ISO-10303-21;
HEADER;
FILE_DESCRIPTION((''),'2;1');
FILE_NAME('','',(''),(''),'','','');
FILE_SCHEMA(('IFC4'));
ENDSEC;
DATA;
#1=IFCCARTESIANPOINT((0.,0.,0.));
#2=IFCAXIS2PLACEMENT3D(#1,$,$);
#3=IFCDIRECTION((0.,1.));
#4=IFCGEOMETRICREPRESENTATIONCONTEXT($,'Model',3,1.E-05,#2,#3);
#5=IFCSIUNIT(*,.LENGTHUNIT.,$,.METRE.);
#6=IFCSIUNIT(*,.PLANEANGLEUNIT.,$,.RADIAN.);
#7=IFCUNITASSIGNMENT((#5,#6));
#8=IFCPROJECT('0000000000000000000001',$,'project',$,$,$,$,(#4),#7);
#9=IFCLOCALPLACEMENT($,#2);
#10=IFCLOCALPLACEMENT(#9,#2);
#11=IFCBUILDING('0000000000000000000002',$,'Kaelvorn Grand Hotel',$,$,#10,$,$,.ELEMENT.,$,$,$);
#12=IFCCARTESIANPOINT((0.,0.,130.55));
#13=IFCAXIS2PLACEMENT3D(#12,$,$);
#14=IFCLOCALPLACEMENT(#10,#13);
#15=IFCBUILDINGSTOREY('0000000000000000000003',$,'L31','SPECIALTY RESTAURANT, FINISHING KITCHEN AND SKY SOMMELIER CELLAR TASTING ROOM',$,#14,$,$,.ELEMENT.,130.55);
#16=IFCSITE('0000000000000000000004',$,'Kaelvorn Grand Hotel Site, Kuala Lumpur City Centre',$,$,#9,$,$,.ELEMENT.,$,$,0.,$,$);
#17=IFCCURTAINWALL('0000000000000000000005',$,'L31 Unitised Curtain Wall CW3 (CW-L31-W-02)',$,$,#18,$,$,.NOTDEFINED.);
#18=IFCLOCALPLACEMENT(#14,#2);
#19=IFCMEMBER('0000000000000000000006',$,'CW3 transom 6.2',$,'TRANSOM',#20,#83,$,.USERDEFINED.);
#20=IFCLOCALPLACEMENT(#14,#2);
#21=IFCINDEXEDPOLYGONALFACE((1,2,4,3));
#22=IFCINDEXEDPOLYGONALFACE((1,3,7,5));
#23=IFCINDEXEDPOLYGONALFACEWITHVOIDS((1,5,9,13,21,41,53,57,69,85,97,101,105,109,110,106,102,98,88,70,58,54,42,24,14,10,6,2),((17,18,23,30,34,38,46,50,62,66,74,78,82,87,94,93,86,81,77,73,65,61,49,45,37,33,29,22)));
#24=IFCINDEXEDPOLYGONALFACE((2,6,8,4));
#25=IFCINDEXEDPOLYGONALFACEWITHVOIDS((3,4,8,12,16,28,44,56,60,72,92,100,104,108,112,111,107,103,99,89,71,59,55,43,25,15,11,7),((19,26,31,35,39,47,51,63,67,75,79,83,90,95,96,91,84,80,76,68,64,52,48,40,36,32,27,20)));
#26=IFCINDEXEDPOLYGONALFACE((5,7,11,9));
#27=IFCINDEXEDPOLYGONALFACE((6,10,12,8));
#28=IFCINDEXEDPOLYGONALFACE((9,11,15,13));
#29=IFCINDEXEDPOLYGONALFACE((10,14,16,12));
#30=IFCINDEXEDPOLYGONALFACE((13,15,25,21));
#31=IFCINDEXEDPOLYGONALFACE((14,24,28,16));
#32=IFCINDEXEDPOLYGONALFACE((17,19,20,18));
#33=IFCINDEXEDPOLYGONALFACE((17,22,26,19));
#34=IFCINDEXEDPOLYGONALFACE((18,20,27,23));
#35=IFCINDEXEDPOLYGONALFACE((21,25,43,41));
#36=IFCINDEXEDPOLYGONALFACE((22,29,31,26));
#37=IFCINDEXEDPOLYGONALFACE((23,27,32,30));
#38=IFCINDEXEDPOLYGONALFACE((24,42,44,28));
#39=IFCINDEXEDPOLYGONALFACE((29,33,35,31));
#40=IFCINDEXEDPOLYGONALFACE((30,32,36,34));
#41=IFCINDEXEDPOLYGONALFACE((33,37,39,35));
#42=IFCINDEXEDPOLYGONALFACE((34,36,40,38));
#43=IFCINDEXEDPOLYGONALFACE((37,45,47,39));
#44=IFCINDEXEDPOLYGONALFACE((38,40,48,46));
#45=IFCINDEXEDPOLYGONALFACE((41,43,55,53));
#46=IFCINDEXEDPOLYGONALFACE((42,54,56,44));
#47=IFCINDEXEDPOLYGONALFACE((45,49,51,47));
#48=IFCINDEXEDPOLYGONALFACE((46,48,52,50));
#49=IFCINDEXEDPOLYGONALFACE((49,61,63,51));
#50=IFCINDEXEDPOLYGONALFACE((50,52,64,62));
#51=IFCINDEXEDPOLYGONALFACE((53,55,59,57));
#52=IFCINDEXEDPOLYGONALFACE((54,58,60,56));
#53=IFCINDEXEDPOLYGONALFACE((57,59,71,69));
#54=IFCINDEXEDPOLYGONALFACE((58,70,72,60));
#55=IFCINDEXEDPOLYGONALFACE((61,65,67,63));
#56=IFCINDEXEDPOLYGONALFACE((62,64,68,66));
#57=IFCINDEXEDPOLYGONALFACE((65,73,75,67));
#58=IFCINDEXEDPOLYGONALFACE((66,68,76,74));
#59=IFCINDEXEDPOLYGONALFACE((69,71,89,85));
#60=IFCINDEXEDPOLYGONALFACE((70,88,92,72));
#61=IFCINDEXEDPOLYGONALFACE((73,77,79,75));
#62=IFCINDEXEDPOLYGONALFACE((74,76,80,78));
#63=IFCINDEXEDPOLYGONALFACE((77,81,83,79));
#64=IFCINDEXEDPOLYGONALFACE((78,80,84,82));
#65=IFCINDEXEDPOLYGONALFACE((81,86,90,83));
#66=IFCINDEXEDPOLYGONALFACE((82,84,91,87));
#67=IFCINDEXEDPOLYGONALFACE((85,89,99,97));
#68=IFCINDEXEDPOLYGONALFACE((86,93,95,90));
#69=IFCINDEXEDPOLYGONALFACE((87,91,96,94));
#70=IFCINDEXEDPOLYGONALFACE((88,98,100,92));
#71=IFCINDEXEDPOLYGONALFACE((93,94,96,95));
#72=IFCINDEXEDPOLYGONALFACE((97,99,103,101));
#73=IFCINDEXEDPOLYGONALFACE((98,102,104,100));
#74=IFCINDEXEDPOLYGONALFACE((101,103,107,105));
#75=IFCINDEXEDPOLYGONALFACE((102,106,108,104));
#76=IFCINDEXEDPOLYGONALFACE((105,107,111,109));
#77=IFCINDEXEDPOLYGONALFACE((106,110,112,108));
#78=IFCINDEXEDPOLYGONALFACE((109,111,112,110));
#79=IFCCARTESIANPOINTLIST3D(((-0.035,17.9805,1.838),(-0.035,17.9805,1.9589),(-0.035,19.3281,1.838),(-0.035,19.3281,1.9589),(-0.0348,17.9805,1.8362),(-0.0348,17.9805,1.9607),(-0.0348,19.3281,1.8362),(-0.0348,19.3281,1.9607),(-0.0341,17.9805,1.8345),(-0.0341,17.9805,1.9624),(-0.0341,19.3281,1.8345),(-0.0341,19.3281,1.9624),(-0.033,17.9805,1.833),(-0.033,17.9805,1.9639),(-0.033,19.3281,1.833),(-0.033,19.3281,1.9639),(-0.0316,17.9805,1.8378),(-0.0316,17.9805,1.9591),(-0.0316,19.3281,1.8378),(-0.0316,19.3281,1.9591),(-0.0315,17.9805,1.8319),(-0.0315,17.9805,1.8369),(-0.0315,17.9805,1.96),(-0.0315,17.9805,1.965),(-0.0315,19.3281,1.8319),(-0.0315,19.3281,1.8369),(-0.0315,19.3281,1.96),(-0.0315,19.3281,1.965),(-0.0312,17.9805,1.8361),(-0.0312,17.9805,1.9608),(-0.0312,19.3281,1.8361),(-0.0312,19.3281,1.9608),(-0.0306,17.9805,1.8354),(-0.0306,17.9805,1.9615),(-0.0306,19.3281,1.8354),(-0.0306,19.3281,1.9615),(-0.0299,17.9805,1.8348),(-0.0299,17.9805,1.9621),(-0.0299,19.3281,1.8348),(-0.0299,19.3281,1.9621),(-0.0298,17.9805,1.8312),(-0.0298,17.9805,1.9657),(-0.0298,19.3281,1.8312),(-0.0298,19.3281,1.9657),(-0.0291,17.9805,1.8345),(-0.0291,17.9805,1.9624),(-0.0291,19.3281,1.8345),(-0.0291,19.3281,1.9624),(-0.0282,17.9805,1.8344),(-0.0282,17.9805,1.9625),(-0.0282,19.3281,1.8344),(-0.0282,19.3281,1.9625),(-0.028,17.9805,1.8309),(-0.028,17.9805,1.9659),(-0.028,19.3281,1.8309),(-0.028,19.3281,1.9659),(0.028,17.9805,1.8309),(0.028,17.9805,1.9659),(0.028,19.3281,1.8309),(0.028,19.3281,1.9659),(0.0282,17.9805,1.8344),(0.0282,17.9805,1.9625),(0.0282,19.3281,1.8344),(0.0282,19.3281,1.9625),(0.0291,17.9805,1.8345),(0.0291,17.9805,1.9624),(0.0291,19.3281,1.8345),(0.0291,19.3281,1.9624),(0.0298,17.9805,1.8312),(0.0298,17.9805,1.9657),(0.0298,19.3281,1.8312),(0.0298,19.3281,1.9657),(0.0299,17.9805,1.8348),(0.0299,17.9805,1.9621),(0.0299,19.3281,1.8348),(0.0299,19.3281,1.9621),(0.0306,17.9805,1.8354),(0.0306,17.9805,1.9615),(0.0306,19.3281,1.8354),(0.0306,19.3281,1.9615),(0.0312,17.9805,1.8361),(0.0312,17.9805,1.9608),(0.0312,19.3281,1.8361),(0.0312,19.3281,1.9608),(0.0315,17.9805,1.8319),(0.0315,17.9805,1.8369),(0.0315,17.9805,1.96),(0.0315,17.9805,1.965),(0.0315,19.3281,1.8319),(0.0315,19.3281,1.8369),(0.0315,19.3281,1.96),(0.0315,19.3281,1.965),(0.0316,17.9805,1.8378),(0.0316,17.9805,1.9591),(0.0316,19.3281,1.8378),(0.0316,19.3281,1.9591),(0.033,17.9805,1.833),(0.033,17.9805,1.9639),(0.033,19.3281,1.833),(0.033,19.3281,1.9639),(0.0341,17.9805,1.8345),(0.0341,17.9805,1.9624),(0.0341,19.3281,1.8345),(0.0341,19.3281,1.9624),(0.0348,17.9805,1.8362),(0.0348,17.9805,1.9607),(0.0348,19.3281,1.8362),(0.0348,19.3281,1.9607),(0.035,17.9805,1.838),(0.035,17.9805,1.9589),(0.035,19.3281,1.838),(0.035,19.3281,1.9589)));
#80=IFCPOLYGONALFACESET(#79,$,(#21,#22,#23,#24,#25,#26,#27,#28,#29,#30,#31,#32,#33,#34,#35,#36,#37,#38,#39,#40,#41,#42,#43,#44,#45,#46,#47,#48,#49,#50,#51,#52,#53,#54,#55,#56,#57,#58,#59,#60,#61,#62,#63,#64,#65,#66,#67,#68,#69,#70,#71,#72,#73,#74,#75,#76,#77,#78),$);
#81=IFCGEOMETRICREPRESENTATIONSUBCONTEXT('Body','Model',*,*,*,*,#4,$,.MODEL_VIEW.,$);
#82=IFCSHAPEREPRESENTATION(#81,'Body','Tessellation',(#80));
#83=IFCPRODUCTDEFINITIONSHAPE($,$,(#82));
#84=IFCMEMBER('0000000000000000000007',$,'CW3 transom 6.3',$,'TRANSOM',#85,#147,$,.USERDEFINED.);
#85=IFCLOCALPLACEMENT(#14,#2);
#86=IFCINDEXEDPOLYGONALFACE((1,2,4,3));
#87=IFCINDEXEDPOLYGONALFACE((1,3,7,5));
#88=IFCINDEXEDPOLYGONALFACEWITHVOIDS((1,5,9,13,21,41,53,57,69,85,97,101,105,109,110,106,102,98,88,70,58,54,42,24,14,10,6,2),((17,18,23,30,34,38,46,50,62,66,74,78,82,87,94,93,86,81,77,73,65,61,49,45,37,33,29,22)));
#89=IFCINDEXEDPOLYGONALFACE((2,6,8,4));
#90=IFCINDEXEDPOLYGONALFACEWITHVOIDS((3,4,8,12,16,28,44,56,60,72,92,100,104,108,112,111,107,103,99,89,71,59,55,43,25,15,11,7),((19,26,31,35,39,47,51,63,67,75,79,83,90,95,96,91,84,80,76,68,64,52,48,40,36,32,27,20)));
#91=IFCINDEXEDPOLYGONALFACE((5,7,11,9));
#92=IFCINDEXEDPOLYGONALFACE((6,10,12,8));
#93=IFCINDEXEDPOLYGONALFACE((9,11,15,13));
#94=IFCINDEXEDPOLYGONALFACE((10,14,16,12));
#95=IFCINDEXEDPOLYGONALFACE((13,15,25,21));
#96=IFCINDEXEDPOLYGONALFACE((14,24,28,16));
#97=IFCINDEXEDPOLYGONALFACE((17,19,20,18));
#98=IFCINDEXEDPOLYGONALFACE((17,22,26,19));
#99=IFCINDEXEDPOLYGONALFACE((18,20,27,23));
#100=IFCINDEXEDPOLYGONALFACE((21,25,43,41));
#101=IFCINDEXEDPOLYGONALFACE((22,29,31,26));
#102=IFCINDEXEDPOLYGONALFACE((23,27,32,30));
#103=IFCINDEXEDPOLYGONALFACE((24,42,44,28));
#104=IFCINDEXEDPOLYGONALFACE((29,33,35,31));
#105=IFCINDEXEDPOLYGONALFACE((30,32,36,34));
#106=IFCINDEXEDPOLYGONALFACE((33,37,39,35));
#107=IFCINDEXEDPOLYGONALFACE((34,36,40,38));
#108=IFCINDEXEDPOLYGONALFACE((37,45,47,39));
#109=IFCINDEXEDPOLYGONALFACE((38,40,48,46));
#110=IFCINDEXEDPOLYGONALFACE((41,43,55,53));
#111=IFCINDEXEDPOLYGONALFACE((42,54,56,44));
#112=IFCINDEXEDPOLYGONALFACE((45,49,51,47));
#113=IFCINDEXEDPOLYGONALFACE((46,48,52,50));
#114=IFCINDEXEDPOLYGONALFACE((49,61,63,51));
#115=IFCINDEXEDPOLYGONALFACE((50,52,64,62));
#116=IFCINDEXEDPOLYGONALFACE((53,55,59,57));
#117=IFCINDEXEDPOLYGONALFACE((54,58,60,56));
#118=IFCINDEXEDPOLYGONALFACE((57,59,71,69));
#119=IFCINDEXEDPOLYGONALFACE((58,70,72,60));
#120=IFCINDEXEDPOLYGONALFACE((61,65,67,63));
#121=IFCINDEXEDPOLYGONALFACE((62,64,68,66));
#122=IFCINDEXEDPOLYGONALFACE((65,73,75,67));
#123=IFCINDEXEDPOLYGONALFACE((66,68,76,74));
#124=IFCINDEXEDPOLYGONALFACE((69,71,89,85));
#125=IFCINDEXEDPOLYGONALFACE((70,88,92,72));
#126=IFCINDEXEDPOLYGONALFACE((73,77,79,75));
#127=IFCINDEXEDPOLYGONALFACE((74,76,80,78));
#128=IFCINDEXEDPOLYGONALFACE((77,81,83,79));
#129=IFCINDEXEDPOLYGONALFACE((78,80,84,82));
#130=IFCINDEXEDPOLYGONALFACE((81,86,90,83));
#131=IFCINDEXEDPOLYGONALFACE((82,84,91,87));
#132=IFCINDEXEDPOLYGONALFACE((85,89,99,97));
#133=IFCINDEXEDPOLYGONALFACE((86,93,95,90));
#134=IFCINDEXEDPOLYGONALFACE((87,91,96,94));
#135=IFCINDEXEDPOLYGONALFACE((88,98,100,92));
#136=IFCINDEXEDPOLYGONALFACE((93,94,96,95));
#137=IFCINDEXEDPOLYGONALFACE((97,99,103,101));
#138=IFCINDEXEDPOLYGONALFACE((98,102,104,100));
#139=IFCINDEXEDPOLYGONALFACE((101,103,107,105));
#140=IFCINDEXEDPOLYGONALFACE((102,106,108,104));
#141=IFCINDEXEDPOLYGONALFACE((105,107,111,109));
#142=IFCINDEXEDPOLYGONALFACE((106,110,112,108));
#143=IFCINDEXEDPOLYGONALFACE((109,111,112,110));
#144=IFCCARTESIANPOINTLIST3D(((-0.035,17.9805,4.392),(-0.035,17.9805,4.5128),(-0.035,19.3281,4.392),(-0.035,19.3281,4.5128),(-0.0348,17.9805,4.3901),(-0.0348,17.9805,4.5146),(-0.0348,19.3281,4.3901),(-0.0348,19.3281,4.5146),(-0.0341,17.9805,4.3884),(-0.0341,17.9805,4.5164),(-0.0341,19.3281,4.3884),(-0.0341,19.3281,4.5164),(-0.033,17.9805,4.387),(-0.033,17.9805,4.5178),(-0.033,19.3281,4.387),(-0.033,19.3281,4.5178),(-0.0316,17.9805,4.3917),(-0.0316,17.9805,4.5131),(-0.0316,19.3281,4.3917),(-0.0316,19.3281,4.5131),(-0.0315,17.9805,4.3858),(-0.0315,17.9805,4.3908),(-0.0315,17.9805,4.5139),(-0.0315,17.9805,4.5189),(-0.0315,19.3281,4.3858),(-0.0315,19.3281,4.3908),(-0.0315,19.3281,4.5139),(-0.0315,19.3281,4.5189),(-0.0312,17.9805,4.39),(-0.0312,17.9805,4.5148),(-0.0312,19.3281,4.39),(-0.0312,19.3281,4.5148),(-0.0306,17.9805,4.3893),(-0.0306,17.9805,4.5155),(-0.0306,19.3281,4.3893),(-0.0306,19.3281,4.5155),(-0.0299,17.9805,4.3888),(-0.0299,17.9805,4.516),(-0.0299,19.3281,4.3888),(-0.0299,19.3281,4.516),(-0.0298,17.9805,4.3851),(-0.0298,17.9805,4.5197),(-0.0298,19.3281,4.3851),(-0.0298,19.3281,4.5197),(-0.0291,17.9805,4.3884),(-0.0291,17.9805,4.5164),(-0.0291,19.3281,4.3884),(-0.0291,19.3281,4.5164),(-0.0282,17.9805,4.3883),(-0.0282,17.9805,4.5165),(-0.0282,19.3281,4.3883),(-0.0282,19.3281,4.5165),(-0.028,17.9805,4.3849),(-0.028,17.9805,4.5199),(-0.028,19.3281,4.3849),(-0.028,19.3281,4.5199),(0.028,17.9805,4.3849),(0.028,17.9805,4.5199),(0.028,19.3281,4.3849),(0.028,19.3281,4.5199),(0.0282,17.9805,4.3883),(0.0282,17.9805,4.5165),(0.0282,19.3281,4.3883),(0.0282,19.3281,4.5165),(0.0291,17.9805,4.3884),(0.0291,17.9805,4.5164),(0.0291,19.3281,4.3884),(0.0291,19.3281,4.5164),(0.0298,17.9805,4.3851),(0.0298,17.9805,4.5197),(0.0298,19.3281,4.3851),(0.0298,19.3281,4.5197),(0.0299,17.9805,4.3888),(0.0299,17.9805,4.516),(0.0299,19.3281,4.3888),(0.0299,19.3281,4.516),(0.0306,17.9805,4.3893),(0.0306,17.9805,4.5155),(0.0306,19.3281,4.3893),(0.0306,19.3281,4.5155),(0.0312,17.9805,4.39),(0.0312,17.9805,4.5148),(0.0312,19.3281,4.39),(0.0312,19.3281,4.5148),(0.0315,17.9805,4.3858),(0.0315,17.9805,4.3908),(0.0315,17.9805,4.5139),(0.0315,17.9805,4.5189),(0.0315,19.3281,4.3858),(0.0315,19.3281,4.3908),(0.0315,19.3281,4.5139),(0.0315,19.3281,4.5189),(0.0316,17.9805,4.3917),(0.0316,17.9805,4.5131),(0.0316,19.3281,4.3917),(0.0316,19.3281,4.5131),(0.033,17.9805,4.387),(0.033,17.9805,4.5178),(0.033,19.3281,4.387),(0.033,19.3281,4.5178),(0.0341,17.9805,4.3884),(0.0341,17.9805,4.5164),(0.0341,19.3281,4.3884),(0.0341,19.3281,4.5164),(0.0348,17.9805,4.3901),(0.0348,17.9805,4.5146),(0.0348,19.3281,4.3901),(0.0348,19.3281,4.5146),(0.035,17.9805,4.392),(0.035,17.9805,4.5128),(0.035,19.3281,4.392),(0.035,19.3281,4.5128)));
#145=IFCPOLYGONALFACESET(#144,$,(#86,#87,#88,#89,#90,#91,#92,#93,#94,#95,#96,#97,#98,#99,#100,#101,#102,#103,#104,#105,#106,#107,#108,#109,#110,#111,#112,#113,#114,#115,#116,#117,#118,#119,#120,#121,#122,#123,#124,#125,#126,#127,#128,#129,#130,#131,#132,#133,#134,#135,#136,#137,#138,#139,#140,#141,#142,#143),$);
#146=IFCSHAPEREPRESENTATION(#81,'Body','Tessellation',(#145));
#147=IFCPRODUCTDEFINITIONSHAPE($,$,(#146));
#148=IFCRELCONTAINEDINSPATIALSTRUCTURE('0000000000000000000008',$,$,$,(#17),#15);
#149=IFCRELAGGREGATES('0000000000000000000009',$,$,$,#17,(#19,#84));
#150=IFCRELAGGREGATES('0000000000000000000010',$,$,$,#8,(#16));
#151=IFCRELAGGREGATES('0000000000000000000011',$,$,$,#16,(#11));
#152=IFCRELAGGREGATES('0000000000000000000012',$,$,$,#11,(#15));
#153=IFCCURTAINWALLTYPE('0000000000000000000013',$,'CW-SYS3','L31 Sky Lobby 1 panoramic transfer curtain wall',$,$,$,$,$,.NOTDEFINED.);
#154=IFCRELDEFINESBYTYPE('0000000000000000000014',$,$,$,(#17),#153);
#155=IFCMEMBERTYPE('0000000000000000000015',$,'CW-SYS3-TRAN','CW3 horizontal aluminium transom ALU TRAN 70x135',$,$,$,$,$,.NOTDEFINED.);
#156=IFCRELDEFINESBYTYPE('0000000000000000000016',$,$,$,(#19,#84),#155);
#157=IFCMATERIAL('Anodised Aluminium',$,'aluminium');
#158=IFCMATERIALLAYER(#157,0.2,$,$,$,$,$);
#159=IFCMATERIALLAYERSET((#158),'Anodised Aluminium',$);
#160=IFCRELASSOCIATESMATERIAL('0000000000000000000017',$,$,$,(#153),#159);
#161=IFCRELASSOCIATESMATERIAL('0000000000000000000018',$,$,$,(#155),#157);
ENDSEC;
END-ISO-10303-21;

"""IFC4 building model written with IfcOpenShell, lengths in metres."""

from ifc_helpers import new_model, si_unit, direction, frame, origin, origin_2d, place, context, subcontext, project, spatial, hollow_rectangle, extrude, material, layer, layer_set, material_profile, profile_set, type_object, element, aggregate, save


model = new_model("IFC4")

# Units and contexts
model_context = context("Model", 3, precision=1e-05, world=origin(), true_north=direction((0.0, 1.0)))
body_context = subcontext(model_context, "Body", "Model", "MODEL_VIEW")
ifc_project = project(units=[si_unit("LENGTHUNIT", "METRE"), si_unit("PLANEANGLEUNIT", "RADIAN")], contexts=[model_context])

# Site, building, storey
site_placement = place(None, origin())
site = spatial("IfcSite", under=ifc_project, at=site_placement, Name="Kaelvorn Grand Hotel Site, Kuala Lumpur City Centre", CompositionType="ELEMENT", RefElevation=0.0)
building_placement = place(site_placement, origin())
building = spatial("IfcBuilding", under=site, at=building_placement, Name="Kaelvorn Grand Hotel", CompositionType="ELEMENT")
storey_placement = place(building_placement, frame((0.0, 0.0, 130.55)))
storey = spatial("IfcBuildingStorey", under=building, at=storey_placement, Name="L31", Description="SPECIALTY RESTAURANT, FINISHING KITCHEN AND SKY SOMMELIER CELLAR TASTING ROOM", CompositionType="ELEMENT", Elevation=130.55)

# Curtain wall, members
ifc_material_1 = material(Name="Anodised Aluminium", Category="aluminium")
ifc_layer_1 = layer(ifc_material_1, 0.2)
ifc_layer_set_1 = layer_set([ifc_layer_1], Name="Anodised Aluminium")
curtain_wall_type = type_object("IfcCurtainWallType", Name="CW-SYS3", Description="L31 Sky Lobby 1 panoramic transfer curtain wall", PredefinedType="NOTDEFINED", material=ifc_layer_set_1)
curtain_wall_placement = place(storey_placement, origin())
curtain_wall = element("IfcCurtainWall", 1, at=curtain_wall_placement, inside=storey, type_object=curtain_wall_type, Name="L31 Unitised Curtain Wall CW3 (CW-L31-W-02)", PredefinedType="NOTDEFINED")
ifc_material_profile_1 = material_profile(ifc_material_1, hollow_rectangle(XDim=0.0701, YDim=0.135, WallThickness=0.0034, InnerFilletRadius=0.0034, OuterFilletRadius=0.0071, at=origin_2d()), Name="ALU TRAN 70x135")
ifc_profile_set_1 = profile_set([ifc_material_profile_1], Name="Anodised Aluminium")
member_type_1 = type_object("IfcMemberType", Name="CW-SYS3-TRAN", Description="CW3 horizontal aluminium transom ALU TRAN 70x135", PredefinedType="NOTDEFINED", material=ifc_profile_set_1)
member_1_placement = place(storey_placement, frame((0.0, 19.3281, 1.8984), z_axis=(0.0, -1.0, 0.0), x_axis=(1.0, 0.0, 0.0)))
member_1 = element("IfcMember", 2, at=member_1_placement, type_object=member_type_1, Name="CW3 transom 6.2", ObjectType="TRANSOM", PredefinedType="USERDEFINED", context=body_context, shape_type="SweptSolid", body=[
    extrude(hollow_rectangle(XDim=0.0701, YDim=0.135, WallThickness=0.0034, InnerFilletRadius=0.0034, OuterFilletRadius=0.0071, at=origin_2d()), origin(), (0.0, 0.0, 1.0), 1.3477),
])
member_2_placement = place(storey_placement, frame((0.0, 19.3281, 4.4524), z_axis=(0.0, -1.0, 0.0), x_axis=(1.0, 0.0, 0.0)))
member_2 = element("IfcMember", 3, at=member_2_placement, type_object=member_type_1, Name="CW3 transom 6.3", ObjectType="TRANSOM", PredefinedType="USERDEFINED", context=body_context, shape_type="SweptSolid", body=[
    extrude(hollow_rectangle(XDim=0.0701, YDim=0.135, WallThickness=0.0034, InnerFilletRadius=0.0034, OuterFilletRadius=0.0071, at=origin_2d()), origin(), (0.0, 0.0, 1.0), 1.3477),
])
aggregate(curtain_wall, [member_1, member_2])

save(model, "model.ifc")
